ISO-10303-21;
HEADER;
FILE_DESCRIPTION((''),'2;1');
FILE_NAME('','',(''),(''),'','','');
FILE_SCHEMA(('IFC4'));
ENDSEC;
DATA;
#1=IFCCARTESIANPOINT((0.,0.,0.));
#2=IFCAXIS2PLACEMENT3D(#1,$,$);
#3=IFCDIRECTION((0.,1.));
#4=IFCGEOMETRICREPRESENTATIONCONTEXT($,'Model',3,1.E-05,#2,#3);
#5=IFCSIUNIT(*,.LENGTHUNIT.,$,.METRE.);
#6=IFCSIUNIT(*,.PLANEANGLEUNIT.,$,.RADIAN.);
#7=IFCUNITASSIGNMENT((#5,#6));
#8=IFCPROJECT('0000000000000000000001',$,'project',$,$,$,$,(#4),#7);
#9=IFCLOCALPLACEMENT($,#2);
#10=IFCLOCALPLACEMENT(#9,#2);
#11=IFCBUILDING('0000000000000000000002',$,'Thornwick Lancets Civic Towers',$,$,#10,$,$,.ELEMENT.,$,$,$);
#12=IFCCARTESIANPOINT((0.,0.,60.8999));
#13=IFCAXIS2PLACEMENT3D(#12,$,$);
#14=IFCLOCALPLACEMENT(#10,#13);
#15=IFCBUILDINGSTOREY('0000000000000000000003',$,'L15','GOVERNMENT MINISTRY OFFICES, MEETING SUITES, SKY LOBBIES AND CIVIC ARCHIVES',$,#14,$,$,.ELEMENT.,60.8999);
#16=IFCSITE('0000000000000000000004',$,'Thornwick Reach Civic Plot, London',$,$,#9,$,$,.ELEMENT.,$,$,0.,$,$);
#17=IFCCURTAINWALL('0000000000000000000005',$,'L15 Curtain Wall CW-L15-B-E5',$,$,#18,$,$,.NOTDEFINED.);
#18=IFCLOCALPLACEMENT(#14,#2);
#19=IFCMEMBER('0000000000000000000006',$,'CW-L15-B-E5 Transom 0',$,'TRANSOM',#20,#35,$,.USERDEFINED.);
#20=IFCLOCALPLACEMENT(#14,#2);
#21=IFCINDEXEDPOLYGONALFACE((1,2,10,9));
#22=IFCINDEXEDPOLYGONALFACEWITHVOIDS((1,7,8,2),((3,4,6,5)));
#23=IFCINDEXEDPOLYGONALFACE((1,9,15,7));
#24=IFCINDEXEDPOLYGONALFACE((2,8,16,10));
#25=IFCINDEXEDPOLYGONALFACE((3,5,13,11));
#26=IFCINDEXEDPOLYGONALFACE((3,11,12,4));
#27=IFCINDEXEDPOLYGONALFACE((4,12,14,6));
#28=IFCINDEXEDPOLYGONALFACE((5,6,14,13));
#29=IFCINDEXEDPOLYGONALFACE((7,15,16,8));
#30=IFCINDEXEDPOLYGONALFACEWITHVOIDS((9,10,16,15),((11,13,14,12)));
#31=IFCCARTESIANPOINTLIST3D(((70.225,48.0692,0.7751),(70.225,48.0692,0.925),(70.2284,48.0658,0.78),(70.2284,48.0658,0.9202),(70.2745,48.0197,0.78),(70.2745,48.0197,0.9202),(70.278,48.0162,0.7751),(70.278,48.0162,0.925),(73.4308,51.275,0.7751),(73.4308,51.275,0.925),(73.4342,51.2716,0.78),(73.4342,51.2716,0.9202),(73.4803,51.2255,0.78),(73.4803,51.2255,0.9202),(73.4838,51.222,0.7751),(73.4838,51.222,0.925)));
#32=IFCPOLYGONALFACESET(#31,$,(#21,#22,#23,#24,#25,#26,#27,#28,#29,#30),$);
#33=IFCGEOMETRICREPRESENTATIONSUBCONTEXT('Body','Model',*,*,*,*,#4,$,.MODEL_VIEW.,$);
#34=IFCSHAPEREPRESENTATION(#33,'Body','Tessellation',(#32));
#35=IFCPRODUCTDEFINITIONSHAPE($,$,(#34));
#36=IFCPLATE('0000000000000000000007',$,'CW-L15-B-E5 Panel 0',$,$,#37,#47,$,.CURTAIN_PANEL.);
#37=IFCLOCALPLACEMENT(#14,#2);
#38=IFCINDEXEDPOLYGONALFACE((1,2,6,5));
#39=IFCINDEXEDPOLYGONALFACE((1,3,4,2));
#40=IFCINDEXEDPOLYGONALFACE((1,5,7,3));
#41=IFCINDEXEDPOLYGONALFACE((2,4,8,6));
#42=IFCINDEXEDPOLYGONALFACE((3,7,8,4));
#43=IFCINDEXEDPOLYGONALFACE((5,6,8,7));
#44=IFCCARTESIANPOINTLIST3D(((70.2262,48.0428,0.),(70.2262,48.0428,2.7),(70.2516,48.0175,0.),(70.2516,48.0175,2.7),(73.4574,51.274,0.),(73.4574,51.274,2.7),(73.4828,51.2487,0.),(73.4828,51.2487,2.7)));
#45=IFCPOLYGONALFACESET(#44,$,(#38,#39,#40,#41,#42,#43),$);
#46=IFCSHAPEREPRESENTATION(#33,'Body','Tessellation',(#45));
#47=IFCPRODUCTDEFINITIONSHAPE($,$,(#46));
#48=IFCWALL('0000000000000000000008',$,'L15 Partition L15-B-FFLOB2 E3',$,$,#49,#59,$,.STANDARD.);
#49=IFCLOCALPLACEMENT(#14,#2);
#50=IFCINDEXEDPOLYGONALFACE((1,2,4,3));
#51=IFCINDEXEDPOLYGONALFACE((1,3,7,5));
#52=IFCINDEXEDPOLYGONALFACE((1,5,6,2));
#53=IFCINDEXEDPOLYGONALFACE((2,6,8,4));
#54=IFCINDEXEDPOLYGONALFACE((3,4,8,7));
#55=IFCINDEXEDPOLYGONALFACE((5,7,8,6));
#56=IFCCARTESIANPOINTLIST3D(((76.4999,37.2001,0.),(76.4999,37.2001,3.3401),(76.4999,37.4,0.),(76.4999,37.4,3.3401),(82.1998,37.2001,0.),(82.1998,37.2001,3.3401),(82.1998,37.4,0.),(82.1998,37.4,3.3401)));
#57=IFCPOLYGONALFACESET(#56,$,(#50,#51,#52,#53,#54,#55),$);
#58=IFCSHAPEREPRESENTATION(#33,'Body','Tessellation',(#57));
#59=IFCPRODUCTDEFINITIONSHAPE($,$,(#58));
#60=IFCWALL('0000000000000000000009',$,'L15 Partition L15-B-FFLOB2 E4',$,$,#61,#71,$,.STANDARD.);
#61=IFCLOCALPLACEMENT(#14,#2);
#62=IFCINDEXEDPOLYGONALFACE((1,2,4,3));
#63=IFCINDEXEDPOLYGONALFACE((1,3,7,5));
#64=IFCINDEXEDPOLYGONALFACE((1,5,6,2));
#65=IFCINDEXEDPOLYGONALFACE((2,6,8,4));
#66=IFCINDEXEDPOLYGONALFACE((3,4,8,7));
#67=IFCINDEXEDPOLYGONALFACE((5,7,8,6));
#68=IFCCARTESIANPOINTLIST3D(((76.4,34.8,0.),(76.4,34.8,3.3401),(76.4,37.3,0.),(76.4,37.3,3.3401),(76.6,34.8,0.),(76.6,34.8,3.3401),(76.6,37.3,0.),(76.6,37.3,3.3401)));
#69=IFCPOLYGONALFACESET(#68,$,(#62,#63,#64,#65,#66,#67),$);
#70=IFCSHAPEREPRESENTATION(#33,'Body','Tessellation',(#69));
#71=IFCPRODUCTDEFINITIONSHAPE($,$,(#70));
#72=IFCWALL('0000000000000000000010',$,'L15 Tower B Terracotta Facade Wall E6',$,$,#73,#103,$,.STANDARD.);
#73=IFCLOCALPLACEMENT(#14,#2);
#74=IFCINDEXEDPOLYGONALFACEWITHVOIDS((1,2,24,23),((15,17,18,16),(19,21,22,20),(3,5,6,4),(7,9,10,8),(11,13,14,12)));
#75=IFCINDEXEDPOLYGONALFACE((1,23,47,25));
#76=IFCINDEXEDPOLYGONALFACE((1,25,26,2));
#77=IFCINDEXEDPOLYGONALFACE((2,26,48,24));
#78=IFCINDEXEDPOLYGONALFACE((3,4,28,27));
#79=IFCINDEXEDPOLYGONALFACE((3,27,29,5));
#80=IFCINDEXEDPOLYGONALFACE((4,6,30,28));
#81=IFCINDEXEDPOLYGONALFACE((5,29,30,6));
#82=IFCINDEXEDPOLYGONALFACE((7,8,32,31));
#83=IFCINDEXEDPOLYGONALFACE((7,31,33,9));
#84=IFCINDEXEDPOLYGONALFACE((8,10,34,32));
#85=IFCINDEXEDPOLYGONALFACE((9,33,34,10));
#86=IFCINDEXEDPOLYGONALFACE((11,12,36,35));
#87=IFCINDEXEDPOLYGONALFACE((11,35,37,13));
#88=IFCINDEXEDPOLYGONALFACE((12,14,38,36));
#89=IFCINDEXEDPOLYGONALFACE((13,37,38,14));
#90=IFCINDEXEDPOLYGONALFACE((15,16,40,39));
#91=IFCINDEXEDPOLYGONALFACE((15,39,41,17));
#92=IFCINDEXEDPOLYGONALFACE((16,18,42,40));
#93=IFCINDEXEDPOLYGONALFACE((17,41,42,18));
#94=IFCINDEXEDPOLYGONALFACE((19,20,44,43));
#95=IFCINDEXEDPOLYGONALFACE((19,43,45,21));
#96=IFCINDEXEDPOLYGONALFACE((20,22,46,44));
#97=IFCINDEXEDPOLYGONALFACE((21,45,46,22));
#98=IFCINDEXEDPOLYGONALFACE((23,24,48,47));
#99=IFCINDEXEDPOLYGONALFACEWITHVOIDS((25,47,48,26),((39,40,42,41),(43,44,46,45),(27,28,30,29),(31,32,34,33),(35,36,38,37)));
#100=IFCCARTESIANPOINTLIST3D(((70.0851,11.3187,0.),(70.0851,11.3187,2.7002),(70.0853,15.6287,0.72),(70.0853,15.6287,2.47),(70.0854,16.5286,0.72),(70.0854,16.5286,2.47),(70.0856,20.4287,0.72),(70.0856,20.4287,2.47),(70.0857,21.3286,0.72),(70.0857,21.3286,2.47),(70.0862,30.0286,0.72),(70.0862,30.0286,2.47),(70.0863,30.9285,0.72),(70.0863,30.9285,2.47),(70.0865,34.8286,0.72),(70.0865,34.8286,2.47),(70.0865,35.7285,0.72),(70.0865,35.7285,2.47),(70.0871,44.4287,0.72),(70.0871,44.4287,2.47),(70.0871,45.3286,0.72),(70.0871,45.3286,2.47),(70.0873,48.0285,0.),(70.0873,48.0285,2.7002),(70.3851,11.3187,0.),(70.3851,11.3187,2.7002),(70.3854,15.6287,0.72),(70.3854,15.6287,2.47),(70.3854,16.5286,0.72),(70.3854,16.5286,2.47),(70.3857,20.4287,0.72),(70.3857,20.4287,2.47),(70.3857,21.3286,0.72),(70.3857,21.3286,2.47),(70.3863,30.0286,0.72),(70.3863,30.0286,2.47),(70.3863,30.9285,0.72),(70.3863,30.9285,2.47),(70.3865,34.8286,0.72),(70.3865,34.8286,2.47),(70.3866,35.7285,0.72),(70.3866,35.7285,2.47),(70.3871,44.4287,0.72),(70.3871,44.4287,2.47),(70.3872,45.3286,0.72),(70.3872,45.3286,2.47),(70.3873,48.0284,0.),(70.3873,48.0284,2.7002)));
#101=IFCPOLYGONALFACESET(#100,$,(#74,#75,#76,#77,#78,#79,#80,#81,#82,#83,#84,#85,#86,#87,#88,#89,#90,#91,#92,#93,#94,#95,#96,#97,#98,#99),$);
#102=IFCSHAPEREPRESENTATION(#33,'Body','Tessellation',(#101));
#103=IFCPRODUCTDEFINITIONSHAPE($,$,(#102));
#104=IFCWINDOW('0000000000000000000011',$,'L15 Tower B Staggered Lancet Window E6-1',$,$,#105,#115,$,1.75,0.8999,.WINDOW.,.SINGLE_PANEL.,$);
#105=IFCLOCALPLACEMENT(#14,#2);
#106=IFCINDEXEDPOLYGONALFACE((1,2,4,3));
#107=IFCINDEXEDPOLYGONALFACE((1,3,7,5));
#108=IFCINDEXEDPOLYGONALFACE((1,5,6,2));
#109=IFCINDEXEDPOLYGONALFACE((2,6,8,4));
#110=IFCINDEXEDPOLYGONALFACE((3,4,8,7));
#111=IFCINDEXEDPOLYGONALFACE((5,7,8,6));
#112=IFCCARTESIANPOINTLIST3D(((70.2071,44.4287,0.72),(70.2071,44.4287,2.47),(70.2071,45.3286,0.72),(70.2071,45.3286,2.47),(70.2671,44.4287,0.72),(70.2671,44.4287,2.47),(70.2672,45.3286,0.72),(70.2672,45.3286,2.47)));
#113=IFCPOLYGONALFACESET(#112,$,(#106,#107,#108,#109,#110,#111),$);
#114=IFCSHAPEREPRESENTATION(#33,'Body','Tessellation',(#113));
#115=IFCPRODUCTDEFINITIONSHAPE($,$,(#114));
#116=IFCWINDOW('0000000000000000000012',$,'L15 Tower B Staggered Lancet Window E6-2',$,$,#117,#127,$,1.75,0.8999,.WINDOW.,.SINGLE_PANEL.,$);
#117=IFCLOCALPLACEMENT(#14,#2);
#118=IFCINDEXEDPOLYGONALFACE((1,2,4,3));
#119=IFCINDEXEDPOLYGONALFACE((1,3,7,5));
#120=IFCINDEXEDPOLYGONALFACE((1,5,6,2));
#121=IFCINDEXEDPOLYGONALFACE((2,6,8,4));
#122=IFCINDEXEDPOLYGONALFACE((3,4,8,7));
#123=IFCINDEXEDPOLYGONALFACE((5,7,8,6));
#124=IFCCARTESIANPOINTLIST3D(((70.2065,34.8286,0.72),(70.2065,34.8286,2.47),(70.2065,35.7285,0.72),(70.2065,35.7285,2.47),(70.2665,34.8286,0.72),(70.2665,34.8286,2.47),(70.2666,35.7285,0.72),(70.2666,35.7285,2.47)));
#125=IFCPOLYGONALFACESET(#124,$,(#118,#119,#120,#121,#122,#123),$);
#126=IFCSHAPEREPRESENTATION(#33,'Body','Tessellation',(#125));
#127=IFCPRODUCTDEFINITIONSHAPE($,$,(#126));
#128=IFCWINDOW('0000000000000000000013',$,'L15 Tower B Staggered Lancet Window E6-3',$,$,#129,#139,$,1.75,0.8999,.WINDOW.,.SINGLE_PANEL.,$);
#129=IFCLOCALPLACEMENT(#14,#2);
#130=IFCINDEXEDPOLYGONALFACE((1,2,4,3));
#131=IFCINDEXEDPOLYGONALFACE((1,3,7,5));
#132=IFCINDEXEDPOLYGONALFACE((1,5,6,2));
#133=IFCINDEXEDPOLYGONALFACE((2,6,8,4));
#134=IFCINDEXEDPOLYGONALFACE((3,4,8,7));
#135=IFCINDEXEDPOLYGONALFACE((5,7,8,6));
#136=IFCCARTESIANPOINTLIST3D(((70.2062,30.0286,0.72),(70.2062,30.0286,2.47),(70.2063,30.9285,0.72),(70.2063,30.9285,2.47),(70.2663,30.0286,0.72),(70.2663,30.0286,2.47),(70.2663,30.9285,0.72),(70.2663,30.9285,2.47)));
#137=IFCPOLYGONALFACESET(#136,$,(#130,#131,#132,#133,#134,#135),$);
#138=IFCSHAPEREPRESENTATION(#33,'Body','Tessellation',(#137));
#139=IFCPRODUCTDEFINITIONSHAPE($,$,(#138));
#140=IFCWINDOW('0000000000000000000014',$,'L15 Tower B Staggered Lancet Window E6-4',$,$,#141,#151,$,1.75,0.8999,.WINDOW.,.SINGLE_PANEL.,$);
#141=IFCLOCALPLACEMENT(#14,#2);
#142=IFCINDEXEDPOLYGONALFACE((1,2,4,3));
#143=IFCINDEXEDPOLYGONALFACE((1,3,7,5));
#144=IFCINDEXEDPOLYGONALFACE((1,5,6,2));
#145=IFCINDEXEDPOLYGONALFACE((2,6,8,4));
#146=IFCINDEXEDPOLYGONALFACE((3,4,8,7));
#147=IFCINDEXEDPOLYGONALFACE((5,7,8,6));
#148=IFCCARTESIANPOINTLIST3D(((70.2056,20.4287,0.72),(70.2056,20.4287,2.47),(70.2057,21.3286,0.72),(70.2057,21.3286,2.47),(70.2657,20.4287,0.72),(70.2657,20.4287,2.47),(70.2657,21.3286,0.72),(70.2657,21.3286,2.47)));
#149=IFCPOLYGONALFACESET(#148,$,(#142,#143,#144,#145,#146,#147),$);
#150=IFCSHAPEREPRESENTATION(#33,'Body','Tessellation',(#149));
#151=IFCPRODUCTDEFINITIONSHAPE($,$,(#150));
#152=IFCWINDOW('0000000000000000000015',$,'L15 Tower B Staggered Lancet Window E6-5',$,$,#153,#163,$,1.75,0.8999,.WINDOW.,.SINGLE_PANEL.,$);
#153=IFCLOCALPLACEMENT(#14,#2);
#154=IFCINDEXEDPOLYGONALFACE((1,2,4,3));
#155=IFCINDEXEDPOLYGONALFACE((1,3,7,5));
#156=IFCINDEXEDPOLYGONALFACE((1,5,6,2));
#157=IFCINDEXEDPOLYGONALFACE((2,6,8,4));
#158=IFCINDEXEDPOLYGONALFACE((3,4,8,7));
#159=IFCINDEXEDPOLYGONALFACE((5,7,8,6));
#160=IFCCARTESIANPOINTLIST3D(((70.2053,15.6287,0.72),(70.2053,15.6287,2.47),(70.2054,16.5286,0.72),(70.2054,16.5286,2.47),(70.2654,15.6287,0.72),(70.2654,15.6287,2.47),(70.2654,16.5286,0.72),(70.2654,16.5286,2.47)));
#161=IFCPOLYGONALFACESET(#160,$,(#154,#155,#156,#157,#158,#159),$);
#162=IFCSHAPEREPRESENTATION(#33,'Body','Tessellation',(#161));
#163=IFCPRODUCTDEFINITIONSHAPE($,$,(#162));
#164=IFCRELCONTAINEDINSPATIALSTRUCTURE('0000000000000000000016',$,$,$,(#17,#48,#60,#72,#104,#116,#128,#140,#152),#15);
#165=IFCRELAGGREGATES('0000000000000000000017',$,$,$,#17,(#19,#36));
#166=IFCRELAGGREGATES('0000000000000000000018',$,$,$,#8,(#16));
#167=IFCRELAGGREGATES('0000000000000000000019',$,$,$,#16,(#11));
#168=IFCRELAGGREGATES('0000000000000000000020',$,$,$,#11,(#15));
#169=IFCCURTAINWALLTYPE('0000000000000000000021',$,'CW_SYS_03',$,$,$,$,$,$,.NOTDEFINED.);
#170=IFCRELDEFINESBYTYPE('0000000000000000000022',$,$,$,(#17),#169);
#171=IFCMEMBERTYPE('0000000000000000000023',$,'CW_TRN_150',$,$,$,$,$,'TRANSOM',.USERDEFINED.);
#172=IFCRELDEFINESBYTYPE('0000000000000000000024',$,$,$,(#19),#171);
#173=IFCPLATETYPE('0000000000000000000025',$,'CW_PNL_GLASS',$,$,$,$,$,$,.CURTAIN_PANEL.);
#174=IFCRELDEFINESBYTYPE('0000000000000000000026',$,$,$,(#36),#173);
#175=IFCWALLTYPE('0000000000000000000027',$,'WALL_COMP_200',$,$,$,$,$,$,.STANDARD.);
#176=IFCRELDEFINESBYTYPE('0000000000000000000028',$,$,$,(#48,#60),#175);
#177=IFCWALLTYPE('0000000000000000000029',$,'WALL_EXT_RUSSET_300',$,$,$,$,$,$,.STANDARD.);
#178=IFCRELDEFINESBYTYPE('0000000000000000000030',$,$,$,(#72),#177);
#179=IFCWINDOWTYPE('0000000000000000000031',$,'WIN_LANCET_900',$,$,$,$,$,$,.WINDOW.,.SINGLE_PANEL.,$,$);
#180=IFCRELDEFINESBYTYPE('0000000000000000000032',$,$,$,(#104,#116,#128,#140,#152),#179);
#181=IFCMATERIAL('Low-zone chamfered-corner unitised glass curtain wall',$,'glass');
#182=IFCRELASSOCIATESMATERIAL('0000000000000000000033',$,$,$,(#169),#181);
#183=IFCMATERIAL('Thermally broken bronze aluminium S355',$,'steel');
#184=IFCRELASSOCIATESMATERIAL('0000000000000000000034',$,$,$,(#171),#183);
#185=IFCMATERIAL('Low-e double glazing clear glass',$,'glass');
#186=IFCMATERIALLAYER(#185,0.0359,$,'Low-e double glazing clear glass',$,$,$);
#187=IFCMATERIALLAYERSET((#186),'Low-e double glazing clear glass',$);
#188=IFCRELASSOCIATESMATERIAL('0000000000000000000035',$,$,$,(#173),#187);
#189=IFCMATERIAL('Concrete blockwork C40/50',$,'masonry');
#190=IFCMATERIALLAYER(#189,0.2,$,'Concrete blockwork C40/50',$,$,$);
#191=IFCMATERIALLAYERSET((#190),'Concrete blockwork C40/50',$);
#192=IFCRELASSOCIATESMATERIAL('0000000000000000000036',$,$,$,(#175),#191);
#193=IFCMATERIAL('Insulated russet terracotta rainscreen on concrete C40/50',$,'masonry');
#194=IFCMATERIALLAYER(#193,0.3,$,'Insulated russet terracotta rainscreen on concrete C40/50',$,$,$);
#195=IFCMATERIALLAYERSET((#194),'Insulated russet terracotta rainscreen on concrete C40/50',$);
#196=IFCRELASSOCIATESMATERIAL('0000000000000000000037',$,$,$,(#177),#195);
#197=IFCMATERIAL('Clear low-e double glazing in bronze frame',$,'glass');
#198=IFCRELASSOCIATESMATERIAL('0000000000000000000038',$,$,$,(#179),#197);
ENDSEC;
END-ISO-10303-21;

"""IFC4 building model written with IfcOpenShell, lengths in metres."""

from ifc_helpers import new_model, si_unit, direction, frame, frame_2d, origin, origin_2d, place, context, subcontext, project, spatial, rectangle, hollow_rectangle, extrude, material, layer, layer_set, material_profile, profile_set, type_object, element, fill, aggregate, save


model = new_model("IFC4")

# Units and contexts
model_context = context("Model", 3, precision=1e-05, world=origin(), true_north=direction((0.0, 1.0)))
body_context = subcontext(model_context, "Body", "Model", "MODEL_VIEW")
ifc_project = project(units=[si_unit("LENGTHUNIT", "METRE"), si_unit("PLANEANGLEUNIT", "RADIAN")], contexts=[model_context])

# Site, building, storey
site_placement = place(None, origin())
site = spatial("IfcSite", under=ifc_project, at=site_placement, Name="Thornwick Reach Civic Plot, London", CompositionType="ELEMENT", RefElevation=0.0)
building_placement = place(site_placement, origin())
building = spatial("IfcBuilding", under=site, at=building_placement, Name="Thornwick Lancets Civic Towers", CompositionType="ELEMENT")
storey_placement = place(building_placement, frame((0.0, 0.0, 60.8999)))
storey = spatial("IfcBuildingStorey", under=building, at=storey_placement, Name="L15", Description="GOVERNMENT MINISTRY OFFICES, MEETING SUITES, SKY LOBBIES AND CIVIC ARCHIVES", CompositionType="ELEMENT", Elevation=60.8999)

# Curtain wall, member, plate
ifc_material_1 = material(Name="Low-zone chamfered-corner unitised glass curtain wall", Category="glass")
curtain_wall_type = type_object("IfcCurtainWallType", Name="CW_SYS_03", PredefinedType="NOTDEFINED", material=ifc_material_1)
curtain_wall_placement = place(storey_placement, origin())
curtain_wall = element("IfcCurtainWall", 1, at=curtain_wall_placement, inside=storey, type_object=curtain_wall_type, Name="L15 Curtain Wall CW-L15-B-E5", PredefinedType="NOTDEFINED")
ifc_material_2 = material(Name="Thermally broken bronze aluminium S355", Category="steel")
ifc_material_profile_1 = material_profile(ifc_material_2, hollow_rectangle(XDim=0.075, YDim=0.1499, WallThickness=0.0049, at=origin_2d()), Name="RHS 150x75x5")
ifc_profile_set_1 = profile_set([ifc_material_profile_1], Name="Thermally broken bronze aluminium S355")
member_type_1 = type_object("IfcMemberType", Name="CW_TRN_150", ElementType="TRANSOM", PredefinedType="USERDEFINED", material=ifc_profile_set_1)
member_1_placement = place(storey_placement, frame((73.4573, 51.2485, 0.8501), z_axis=(-0.707107, -0.707107, 0.0), x_axis=(0.707107, -0.707107, 0.0)))
member_1 = element("IfcMember", 2, at=member_1_placement, type_object=member_type_1, Name="CW-L15-B-E5 Transom 0", ObjectType="TRANSOM", PredefinedType="USERDEFINED", context=body_context, shape_type="SweptSolid", body=[
    extrude(hollow_rectangle(XDim=0.075, YDim=0.1499, WallThickness=0.0049, at=origin_2d()), origin(), (0.0, 0.0, 1.0), 4.5337),
])
ifc_material_3 = material(Name="Low-e double glazing clear glass", Category="glass")
ifc_layer_1 = layer(ifc_material_3, 0.0359, Name="Low-e double glazing clear glass")
ifc_layer_set_1 = layer_set([ifc_layer_1], Name="Low-e double glazing clear glass")
plate_type = type_object("IfcPlateType", Name="CW_PNL_GLASS", PredefinedType="CURTAIN_PANEL", material=ifc_layer_set_1)
plate_placement = place(storey_placement, frame((71.8545, 49.6458, 0.0), z_axis=(0.0, 0.0, 1.0), x_axis=(-0.707107, -0.707107, 0.0)))
plate = element("IfcPlate", 3, at=plate_placement, type_object=plate_type, Name="CW-L15-B-E5 Panel 0", PredefinedType="CURTAIN_PANEL", context=body_context, shape_type="SweptSolid", body=[
    extrude(rectangle(XDim=4.5696, YDim=0.0359, at=origin_2d()), origin(), (0.0, 0.0, 1.0), 2.7),
])
aggregate(curtain_wall, [member_1, plate])

# Walls
ifc_material_4 = material(Name="Concrete blockwork C40/50", Category="masonry")
ifc_layer_2 = layer(ifc_material_4, 0.2, Name="Concrete blockwork C40/50")
ifc_layer_set_2 = layer_set([ifc_layer_2], Name="Concrete blockwork C40/50")
wall_type_1 = type_object("IfcWallType", Name="WALL_COMP_200", PredefinedType="STANDARD", material=ifc_layer_set_2)
wall_1_placement = place(storey_placement, frame((82.2, 37.3, 0.0), z_axis=(0.0, 0.0, 1.0), x_axis=(-1.0, 0.0, 0.0)))
element("IfcWall", 4, at=wall_1_placement, inside=storey, type_object=wall_type_1, Name="L15 Partition L15-B-FFLOB2 E3", PredefinedType="STANDARD", context=body_context, shape_type="SweptSolid", body=[
    extrude(rectangle(XDim=5.7, YDim=0.2, at=frame_2d((2.8501, 0.0))), origin(), (0.0, 0.0, 1.0), 3.3401),
])
wall_2_placement = place(storey_placement, frame((76.5, 37.3, 0.0), z_axis=(0.0, 0.0, 1.0), x_axis=(0.0, -1.0, 0.0)))
element("IfcWall", 5, at=wall_2_placement, inside=storey, type_object=wall_type_1, Name="L15 Partition L15-B-FFLOB2 E4", PredefinedType="STANDARD", context=body_context, shape_type="SweptSolid", body=[
    extrude(rectangle(XDim=2.5, YDim=0.2, at=frame_2d((1.25, 0.0))), origin(), (0.0, 0.0, 1.0), 3.3401),
])

# Wall, openings, windows
ifc_material_5 = material(Name="Insulated russet terracotta rainscreen on concrete C40/50", Category="masonry")
ifc_layer_3 = layer(ifc_material_5, 0.3, Name="Insulated russet terracotta rainscreen on concrete C40/50")
ifc_layer_set_3 = layer_set([ifc_layer_3], Name="Insulated russet terracotta rainscreen on concrete C40/50")
wall_type_2 = type_object("IfcWallType", Name="WALL_EXT_RUSSET_300", PredefinedType="STANDARD", material=ifc_layer_set_3)
wall_3_placement = place(storey_placement, frame((70.2373, 48.0286, 0.0), z_axis=(0.0, 0.0, 1.0), x_axis=(-0.00006, -1.0, 0.0)))
wall_3 = element("IfcWall", 6, at=wall_3_placement, inside=storey, type_object=wall_type_2, Name="L15 Tower B Terracotta Facade Wall E6", PredefinedType="STANDARD", context=body_context, shape_type="SweptSolid", body=[
    extrude(rectangle(XDim=36.7097, YDim=0.3, at=frame_2d((18.355, 0.0))), origin(), (0.0, 0.0, 1.0), 2.7002),
])
opening_1_placement = place(wall_3_placement, frame((2.7, 0.0, 0.72)))
opening_1 = element("IfcOpeningElement", 7, at=opening_1_placement, cuts=wall_3, PredefinedType="OPENING", context=body_context, shape_type="SweptSolid", body=[
    extrude(rectangle(XDim=0.8999, YDim=1.75, at=frame_2d((0.45, 0.875))), frame((0.0, 0.1602, 0.0), z_axis=(0.0, -1.0, 0.0), x_axis=(1.0, 0.0, 0.0)), (0.0, 0.0, 1.0), 0.3201),
])
opening_2_placement = place(wall_3_placement, frame((12.3, 0.0, 0.72)))
opening_2 = element("IfcOpeningElement", 8, at=opening_2_placement, cuts=wall_3, PredefinedType="OPENING", context=body_context, shape_type="SweptSolid", body=[
    extrude(rectangle(XDim=0.8999, YDim=1.75, at=frame_2d((0.45, 0.875))), frame((0.0, 0.1602, 0.0), z_axis=(0.0, -1.0, 0.0), x_axis=(1.0, 0.0, 0.0)), (0.0, 0.0, 1.0), 0.3201),
])
opening_3_placement = place(wall_3_placement, frame((17.1001, 0.0, 0.72)))
opening_3 = element("IfcOpeningElement", 9, at=opening_3_placement, cuts=wall_3, PredefinedType="OPENING", context=body_context, shape_type="SweptSolid", body=[
    extrude(rectangle(XDim=0.8999, YDim=1.75, at=frame_2d((0.45, 0.875))), frame((0.0, 0.1602, 0.0), z_axis=(0.0, -1.0, 0.0), x_axis=(1.0, 0.0, 0.0)), (0.0, 0.0, 1.0), 0.3201),
])
opening_4_placement = place(wall_3_placement, frame((26.7, 0.0, 0.72)))
opening_4 = element("IfcOpeningElement", 10, at=opening_4_placement, cuts=wall_3, PredefinedType="OPENING", context=body_context, shape_type="SweptSolid", body=[
    extrude(rectangle(XDim=0.8999, YDim=1.75, at=frame_2d((0.45, 0.875))), frame((0.0, 0.1602, 0.0), z_axis=(0.0, -1.0, 0.0), x_axis=(1.0, 0.0, 0.0)), (0.0, 0.0, 1.0), 0.3201),
])
opening_5_placement = place(wall_3_placement, frame((31.5, 0.0, 0.72)))
opening_5 = element("IfcOpeningElement", 11, at=opening_5_placement, cuts=wall_3, PredefinedType="OPENING", context=body_context, shape_type="SweptSolid", body=[
    extrude(rectangle(XDim=0.8999, YDim=1.75, at=frame_2d((0.45, 0.875))), frame((0.0, 0.1602, 0.0), z_axis=(0.0, -1.0, 0.0), x_axis=(1.0, 0.0, 0.0)), (0.0, 0.0, 1.0), 0.3201),
])
ifc_material_6 = material(Name="Clear low-e double glazing in bronze frame", Category="glass")
window_type = type_object("IfcWindowType", Name="WIN_LANCET_900", PartitioningType="SINGLE_PANEL", PredefinedType="WINDOW", material=ifc_material_6)
window_1_placement = place(opening_1_placement, origin())
window_1 = element("IfcWindow", 12, at=window_1_placement, inside=storey, type_object=window_type, Name="L15 Tower B Staggered Lancet Window E6-1", OverallHeight=1.75, OverallWidth=0.8999, PartitioningType="SINGLE_PANEL", PredefinedType="WINDOW", context=body_context, shape_type="SweptSolid", body=[
    extrude(rectangle(XDim=0.8999, YDim=1.75, at=frame_2d((0.45, 0.875))), frame((0.0, 0.03, 0.0), z_axis=(0.0, -1.0, 0.0), x_axis=(1.0, 0.0, 0.0)), (0.0, 0.0, 1.0), 0.0601),
])
fill(opening_1, window_1)
window_2_placement = place(opening_2_placement, origin())
window_2 = element("IfcWindow", 13, at=window_2_placement, inside=storey, type_object=window_type, Name="L15 Tower B Staggered Lancet Window E6-2", OverallHeight=1.75, OverallWidth=0.8999, PartitioningType="SINGLE_PANEL", PredefinedType="WINDOW", context=body_context, shape_type="SweptSolid", body=[
    extrude(rectangle(XDim=0.8999, YDim=1.75, at=frame_2d((0.45, 0.875))), frame((0.0, 0.03, 0.0), z_axis=(0.0, -1.0, 0.0), x_axis=(1.0, 0.0, 0.0)), (0.0, 0.0, 1.0), 0.0601),
])
fill(opening_2, window_2)
window_3_placement = place(opening_3_placement, origin())
window_3 = element("IfcWindow", 14, at=window_3_placement, inside=storey, type_object=window_type, Name="L15 Tower B Staggered Lancet Window E6-3", OverallHeight=1.75, OverallWidth=0.8999, PartitioningType="SINGLE_PANEL", PredefinedType="WINDOW", context=body_context, shape_type="SweptSolid", body=[
    extrude(rectangle(XDim=0.8999, YDim=1.75, at=frame_2d((0.45, 0.875))), frame((0.0, 0.03, 0.0), z_axis=(0.0, -1.0, 0.0), x_axis=(1.0, 0.0, 0.0)), (0.0, 0.0, 1.0), 0.0601),
])
fill(opening_3, window_3)
window_4_placement = place(opening_4_placement, origin())
window_4 = element("IfcWindow", 15, at=window_4_placement, inside=storey, type_object=window_type, Name="L15 Tower B Staggered Lancet Window E6-4", OverallHeight=1.75, OverallWidth=0.8999, PartitioningType="SINGLE_PANEL", PredefinedType="WINDOW", context=body_context, shape_type="SweptSolid", body=[
    extrude(rectangle(XDim=0.8999, YDim=1.75, at=frame_2d((0.45, 0.875))), frame((0.0, 0.03, 0.0), z_axis=(0.0, -1.0, 0.0), x_axis=(1.0, 0.0, 0.0)), (0.0, 0.0, 1.0), 0.0601),
])
fill(opening_4, window_4)
window_5_placement = place(opening_5_placement, origin())
window_5 = element("IfcWindow", 16, at=window_5_placement, inside=storey, type_object=window_type, Name="L15 Tower B Staggered Lancet Window E6-5", OverallHeight=1.75, OverallWidth=0.8999, PartitioningType="SINGLE_PANEL", PredefinedType="WINDOW", context=body_context, shape_type="SweptSolid", body=[
    extrude(rectangle(XDim=0.8999, YDim=1.75, at=frame_2d((0.45, 0.875))), frame((0.0, 0.03, 0.0), z_axis=(0.0, -1.0, 0.0), x_axis=(1.0, 0.0, 0.0)), (0.0, 0.0, 1.0), 0.0601),
])
fill(opening_5, window_5)

save(model, "model.ifc")
